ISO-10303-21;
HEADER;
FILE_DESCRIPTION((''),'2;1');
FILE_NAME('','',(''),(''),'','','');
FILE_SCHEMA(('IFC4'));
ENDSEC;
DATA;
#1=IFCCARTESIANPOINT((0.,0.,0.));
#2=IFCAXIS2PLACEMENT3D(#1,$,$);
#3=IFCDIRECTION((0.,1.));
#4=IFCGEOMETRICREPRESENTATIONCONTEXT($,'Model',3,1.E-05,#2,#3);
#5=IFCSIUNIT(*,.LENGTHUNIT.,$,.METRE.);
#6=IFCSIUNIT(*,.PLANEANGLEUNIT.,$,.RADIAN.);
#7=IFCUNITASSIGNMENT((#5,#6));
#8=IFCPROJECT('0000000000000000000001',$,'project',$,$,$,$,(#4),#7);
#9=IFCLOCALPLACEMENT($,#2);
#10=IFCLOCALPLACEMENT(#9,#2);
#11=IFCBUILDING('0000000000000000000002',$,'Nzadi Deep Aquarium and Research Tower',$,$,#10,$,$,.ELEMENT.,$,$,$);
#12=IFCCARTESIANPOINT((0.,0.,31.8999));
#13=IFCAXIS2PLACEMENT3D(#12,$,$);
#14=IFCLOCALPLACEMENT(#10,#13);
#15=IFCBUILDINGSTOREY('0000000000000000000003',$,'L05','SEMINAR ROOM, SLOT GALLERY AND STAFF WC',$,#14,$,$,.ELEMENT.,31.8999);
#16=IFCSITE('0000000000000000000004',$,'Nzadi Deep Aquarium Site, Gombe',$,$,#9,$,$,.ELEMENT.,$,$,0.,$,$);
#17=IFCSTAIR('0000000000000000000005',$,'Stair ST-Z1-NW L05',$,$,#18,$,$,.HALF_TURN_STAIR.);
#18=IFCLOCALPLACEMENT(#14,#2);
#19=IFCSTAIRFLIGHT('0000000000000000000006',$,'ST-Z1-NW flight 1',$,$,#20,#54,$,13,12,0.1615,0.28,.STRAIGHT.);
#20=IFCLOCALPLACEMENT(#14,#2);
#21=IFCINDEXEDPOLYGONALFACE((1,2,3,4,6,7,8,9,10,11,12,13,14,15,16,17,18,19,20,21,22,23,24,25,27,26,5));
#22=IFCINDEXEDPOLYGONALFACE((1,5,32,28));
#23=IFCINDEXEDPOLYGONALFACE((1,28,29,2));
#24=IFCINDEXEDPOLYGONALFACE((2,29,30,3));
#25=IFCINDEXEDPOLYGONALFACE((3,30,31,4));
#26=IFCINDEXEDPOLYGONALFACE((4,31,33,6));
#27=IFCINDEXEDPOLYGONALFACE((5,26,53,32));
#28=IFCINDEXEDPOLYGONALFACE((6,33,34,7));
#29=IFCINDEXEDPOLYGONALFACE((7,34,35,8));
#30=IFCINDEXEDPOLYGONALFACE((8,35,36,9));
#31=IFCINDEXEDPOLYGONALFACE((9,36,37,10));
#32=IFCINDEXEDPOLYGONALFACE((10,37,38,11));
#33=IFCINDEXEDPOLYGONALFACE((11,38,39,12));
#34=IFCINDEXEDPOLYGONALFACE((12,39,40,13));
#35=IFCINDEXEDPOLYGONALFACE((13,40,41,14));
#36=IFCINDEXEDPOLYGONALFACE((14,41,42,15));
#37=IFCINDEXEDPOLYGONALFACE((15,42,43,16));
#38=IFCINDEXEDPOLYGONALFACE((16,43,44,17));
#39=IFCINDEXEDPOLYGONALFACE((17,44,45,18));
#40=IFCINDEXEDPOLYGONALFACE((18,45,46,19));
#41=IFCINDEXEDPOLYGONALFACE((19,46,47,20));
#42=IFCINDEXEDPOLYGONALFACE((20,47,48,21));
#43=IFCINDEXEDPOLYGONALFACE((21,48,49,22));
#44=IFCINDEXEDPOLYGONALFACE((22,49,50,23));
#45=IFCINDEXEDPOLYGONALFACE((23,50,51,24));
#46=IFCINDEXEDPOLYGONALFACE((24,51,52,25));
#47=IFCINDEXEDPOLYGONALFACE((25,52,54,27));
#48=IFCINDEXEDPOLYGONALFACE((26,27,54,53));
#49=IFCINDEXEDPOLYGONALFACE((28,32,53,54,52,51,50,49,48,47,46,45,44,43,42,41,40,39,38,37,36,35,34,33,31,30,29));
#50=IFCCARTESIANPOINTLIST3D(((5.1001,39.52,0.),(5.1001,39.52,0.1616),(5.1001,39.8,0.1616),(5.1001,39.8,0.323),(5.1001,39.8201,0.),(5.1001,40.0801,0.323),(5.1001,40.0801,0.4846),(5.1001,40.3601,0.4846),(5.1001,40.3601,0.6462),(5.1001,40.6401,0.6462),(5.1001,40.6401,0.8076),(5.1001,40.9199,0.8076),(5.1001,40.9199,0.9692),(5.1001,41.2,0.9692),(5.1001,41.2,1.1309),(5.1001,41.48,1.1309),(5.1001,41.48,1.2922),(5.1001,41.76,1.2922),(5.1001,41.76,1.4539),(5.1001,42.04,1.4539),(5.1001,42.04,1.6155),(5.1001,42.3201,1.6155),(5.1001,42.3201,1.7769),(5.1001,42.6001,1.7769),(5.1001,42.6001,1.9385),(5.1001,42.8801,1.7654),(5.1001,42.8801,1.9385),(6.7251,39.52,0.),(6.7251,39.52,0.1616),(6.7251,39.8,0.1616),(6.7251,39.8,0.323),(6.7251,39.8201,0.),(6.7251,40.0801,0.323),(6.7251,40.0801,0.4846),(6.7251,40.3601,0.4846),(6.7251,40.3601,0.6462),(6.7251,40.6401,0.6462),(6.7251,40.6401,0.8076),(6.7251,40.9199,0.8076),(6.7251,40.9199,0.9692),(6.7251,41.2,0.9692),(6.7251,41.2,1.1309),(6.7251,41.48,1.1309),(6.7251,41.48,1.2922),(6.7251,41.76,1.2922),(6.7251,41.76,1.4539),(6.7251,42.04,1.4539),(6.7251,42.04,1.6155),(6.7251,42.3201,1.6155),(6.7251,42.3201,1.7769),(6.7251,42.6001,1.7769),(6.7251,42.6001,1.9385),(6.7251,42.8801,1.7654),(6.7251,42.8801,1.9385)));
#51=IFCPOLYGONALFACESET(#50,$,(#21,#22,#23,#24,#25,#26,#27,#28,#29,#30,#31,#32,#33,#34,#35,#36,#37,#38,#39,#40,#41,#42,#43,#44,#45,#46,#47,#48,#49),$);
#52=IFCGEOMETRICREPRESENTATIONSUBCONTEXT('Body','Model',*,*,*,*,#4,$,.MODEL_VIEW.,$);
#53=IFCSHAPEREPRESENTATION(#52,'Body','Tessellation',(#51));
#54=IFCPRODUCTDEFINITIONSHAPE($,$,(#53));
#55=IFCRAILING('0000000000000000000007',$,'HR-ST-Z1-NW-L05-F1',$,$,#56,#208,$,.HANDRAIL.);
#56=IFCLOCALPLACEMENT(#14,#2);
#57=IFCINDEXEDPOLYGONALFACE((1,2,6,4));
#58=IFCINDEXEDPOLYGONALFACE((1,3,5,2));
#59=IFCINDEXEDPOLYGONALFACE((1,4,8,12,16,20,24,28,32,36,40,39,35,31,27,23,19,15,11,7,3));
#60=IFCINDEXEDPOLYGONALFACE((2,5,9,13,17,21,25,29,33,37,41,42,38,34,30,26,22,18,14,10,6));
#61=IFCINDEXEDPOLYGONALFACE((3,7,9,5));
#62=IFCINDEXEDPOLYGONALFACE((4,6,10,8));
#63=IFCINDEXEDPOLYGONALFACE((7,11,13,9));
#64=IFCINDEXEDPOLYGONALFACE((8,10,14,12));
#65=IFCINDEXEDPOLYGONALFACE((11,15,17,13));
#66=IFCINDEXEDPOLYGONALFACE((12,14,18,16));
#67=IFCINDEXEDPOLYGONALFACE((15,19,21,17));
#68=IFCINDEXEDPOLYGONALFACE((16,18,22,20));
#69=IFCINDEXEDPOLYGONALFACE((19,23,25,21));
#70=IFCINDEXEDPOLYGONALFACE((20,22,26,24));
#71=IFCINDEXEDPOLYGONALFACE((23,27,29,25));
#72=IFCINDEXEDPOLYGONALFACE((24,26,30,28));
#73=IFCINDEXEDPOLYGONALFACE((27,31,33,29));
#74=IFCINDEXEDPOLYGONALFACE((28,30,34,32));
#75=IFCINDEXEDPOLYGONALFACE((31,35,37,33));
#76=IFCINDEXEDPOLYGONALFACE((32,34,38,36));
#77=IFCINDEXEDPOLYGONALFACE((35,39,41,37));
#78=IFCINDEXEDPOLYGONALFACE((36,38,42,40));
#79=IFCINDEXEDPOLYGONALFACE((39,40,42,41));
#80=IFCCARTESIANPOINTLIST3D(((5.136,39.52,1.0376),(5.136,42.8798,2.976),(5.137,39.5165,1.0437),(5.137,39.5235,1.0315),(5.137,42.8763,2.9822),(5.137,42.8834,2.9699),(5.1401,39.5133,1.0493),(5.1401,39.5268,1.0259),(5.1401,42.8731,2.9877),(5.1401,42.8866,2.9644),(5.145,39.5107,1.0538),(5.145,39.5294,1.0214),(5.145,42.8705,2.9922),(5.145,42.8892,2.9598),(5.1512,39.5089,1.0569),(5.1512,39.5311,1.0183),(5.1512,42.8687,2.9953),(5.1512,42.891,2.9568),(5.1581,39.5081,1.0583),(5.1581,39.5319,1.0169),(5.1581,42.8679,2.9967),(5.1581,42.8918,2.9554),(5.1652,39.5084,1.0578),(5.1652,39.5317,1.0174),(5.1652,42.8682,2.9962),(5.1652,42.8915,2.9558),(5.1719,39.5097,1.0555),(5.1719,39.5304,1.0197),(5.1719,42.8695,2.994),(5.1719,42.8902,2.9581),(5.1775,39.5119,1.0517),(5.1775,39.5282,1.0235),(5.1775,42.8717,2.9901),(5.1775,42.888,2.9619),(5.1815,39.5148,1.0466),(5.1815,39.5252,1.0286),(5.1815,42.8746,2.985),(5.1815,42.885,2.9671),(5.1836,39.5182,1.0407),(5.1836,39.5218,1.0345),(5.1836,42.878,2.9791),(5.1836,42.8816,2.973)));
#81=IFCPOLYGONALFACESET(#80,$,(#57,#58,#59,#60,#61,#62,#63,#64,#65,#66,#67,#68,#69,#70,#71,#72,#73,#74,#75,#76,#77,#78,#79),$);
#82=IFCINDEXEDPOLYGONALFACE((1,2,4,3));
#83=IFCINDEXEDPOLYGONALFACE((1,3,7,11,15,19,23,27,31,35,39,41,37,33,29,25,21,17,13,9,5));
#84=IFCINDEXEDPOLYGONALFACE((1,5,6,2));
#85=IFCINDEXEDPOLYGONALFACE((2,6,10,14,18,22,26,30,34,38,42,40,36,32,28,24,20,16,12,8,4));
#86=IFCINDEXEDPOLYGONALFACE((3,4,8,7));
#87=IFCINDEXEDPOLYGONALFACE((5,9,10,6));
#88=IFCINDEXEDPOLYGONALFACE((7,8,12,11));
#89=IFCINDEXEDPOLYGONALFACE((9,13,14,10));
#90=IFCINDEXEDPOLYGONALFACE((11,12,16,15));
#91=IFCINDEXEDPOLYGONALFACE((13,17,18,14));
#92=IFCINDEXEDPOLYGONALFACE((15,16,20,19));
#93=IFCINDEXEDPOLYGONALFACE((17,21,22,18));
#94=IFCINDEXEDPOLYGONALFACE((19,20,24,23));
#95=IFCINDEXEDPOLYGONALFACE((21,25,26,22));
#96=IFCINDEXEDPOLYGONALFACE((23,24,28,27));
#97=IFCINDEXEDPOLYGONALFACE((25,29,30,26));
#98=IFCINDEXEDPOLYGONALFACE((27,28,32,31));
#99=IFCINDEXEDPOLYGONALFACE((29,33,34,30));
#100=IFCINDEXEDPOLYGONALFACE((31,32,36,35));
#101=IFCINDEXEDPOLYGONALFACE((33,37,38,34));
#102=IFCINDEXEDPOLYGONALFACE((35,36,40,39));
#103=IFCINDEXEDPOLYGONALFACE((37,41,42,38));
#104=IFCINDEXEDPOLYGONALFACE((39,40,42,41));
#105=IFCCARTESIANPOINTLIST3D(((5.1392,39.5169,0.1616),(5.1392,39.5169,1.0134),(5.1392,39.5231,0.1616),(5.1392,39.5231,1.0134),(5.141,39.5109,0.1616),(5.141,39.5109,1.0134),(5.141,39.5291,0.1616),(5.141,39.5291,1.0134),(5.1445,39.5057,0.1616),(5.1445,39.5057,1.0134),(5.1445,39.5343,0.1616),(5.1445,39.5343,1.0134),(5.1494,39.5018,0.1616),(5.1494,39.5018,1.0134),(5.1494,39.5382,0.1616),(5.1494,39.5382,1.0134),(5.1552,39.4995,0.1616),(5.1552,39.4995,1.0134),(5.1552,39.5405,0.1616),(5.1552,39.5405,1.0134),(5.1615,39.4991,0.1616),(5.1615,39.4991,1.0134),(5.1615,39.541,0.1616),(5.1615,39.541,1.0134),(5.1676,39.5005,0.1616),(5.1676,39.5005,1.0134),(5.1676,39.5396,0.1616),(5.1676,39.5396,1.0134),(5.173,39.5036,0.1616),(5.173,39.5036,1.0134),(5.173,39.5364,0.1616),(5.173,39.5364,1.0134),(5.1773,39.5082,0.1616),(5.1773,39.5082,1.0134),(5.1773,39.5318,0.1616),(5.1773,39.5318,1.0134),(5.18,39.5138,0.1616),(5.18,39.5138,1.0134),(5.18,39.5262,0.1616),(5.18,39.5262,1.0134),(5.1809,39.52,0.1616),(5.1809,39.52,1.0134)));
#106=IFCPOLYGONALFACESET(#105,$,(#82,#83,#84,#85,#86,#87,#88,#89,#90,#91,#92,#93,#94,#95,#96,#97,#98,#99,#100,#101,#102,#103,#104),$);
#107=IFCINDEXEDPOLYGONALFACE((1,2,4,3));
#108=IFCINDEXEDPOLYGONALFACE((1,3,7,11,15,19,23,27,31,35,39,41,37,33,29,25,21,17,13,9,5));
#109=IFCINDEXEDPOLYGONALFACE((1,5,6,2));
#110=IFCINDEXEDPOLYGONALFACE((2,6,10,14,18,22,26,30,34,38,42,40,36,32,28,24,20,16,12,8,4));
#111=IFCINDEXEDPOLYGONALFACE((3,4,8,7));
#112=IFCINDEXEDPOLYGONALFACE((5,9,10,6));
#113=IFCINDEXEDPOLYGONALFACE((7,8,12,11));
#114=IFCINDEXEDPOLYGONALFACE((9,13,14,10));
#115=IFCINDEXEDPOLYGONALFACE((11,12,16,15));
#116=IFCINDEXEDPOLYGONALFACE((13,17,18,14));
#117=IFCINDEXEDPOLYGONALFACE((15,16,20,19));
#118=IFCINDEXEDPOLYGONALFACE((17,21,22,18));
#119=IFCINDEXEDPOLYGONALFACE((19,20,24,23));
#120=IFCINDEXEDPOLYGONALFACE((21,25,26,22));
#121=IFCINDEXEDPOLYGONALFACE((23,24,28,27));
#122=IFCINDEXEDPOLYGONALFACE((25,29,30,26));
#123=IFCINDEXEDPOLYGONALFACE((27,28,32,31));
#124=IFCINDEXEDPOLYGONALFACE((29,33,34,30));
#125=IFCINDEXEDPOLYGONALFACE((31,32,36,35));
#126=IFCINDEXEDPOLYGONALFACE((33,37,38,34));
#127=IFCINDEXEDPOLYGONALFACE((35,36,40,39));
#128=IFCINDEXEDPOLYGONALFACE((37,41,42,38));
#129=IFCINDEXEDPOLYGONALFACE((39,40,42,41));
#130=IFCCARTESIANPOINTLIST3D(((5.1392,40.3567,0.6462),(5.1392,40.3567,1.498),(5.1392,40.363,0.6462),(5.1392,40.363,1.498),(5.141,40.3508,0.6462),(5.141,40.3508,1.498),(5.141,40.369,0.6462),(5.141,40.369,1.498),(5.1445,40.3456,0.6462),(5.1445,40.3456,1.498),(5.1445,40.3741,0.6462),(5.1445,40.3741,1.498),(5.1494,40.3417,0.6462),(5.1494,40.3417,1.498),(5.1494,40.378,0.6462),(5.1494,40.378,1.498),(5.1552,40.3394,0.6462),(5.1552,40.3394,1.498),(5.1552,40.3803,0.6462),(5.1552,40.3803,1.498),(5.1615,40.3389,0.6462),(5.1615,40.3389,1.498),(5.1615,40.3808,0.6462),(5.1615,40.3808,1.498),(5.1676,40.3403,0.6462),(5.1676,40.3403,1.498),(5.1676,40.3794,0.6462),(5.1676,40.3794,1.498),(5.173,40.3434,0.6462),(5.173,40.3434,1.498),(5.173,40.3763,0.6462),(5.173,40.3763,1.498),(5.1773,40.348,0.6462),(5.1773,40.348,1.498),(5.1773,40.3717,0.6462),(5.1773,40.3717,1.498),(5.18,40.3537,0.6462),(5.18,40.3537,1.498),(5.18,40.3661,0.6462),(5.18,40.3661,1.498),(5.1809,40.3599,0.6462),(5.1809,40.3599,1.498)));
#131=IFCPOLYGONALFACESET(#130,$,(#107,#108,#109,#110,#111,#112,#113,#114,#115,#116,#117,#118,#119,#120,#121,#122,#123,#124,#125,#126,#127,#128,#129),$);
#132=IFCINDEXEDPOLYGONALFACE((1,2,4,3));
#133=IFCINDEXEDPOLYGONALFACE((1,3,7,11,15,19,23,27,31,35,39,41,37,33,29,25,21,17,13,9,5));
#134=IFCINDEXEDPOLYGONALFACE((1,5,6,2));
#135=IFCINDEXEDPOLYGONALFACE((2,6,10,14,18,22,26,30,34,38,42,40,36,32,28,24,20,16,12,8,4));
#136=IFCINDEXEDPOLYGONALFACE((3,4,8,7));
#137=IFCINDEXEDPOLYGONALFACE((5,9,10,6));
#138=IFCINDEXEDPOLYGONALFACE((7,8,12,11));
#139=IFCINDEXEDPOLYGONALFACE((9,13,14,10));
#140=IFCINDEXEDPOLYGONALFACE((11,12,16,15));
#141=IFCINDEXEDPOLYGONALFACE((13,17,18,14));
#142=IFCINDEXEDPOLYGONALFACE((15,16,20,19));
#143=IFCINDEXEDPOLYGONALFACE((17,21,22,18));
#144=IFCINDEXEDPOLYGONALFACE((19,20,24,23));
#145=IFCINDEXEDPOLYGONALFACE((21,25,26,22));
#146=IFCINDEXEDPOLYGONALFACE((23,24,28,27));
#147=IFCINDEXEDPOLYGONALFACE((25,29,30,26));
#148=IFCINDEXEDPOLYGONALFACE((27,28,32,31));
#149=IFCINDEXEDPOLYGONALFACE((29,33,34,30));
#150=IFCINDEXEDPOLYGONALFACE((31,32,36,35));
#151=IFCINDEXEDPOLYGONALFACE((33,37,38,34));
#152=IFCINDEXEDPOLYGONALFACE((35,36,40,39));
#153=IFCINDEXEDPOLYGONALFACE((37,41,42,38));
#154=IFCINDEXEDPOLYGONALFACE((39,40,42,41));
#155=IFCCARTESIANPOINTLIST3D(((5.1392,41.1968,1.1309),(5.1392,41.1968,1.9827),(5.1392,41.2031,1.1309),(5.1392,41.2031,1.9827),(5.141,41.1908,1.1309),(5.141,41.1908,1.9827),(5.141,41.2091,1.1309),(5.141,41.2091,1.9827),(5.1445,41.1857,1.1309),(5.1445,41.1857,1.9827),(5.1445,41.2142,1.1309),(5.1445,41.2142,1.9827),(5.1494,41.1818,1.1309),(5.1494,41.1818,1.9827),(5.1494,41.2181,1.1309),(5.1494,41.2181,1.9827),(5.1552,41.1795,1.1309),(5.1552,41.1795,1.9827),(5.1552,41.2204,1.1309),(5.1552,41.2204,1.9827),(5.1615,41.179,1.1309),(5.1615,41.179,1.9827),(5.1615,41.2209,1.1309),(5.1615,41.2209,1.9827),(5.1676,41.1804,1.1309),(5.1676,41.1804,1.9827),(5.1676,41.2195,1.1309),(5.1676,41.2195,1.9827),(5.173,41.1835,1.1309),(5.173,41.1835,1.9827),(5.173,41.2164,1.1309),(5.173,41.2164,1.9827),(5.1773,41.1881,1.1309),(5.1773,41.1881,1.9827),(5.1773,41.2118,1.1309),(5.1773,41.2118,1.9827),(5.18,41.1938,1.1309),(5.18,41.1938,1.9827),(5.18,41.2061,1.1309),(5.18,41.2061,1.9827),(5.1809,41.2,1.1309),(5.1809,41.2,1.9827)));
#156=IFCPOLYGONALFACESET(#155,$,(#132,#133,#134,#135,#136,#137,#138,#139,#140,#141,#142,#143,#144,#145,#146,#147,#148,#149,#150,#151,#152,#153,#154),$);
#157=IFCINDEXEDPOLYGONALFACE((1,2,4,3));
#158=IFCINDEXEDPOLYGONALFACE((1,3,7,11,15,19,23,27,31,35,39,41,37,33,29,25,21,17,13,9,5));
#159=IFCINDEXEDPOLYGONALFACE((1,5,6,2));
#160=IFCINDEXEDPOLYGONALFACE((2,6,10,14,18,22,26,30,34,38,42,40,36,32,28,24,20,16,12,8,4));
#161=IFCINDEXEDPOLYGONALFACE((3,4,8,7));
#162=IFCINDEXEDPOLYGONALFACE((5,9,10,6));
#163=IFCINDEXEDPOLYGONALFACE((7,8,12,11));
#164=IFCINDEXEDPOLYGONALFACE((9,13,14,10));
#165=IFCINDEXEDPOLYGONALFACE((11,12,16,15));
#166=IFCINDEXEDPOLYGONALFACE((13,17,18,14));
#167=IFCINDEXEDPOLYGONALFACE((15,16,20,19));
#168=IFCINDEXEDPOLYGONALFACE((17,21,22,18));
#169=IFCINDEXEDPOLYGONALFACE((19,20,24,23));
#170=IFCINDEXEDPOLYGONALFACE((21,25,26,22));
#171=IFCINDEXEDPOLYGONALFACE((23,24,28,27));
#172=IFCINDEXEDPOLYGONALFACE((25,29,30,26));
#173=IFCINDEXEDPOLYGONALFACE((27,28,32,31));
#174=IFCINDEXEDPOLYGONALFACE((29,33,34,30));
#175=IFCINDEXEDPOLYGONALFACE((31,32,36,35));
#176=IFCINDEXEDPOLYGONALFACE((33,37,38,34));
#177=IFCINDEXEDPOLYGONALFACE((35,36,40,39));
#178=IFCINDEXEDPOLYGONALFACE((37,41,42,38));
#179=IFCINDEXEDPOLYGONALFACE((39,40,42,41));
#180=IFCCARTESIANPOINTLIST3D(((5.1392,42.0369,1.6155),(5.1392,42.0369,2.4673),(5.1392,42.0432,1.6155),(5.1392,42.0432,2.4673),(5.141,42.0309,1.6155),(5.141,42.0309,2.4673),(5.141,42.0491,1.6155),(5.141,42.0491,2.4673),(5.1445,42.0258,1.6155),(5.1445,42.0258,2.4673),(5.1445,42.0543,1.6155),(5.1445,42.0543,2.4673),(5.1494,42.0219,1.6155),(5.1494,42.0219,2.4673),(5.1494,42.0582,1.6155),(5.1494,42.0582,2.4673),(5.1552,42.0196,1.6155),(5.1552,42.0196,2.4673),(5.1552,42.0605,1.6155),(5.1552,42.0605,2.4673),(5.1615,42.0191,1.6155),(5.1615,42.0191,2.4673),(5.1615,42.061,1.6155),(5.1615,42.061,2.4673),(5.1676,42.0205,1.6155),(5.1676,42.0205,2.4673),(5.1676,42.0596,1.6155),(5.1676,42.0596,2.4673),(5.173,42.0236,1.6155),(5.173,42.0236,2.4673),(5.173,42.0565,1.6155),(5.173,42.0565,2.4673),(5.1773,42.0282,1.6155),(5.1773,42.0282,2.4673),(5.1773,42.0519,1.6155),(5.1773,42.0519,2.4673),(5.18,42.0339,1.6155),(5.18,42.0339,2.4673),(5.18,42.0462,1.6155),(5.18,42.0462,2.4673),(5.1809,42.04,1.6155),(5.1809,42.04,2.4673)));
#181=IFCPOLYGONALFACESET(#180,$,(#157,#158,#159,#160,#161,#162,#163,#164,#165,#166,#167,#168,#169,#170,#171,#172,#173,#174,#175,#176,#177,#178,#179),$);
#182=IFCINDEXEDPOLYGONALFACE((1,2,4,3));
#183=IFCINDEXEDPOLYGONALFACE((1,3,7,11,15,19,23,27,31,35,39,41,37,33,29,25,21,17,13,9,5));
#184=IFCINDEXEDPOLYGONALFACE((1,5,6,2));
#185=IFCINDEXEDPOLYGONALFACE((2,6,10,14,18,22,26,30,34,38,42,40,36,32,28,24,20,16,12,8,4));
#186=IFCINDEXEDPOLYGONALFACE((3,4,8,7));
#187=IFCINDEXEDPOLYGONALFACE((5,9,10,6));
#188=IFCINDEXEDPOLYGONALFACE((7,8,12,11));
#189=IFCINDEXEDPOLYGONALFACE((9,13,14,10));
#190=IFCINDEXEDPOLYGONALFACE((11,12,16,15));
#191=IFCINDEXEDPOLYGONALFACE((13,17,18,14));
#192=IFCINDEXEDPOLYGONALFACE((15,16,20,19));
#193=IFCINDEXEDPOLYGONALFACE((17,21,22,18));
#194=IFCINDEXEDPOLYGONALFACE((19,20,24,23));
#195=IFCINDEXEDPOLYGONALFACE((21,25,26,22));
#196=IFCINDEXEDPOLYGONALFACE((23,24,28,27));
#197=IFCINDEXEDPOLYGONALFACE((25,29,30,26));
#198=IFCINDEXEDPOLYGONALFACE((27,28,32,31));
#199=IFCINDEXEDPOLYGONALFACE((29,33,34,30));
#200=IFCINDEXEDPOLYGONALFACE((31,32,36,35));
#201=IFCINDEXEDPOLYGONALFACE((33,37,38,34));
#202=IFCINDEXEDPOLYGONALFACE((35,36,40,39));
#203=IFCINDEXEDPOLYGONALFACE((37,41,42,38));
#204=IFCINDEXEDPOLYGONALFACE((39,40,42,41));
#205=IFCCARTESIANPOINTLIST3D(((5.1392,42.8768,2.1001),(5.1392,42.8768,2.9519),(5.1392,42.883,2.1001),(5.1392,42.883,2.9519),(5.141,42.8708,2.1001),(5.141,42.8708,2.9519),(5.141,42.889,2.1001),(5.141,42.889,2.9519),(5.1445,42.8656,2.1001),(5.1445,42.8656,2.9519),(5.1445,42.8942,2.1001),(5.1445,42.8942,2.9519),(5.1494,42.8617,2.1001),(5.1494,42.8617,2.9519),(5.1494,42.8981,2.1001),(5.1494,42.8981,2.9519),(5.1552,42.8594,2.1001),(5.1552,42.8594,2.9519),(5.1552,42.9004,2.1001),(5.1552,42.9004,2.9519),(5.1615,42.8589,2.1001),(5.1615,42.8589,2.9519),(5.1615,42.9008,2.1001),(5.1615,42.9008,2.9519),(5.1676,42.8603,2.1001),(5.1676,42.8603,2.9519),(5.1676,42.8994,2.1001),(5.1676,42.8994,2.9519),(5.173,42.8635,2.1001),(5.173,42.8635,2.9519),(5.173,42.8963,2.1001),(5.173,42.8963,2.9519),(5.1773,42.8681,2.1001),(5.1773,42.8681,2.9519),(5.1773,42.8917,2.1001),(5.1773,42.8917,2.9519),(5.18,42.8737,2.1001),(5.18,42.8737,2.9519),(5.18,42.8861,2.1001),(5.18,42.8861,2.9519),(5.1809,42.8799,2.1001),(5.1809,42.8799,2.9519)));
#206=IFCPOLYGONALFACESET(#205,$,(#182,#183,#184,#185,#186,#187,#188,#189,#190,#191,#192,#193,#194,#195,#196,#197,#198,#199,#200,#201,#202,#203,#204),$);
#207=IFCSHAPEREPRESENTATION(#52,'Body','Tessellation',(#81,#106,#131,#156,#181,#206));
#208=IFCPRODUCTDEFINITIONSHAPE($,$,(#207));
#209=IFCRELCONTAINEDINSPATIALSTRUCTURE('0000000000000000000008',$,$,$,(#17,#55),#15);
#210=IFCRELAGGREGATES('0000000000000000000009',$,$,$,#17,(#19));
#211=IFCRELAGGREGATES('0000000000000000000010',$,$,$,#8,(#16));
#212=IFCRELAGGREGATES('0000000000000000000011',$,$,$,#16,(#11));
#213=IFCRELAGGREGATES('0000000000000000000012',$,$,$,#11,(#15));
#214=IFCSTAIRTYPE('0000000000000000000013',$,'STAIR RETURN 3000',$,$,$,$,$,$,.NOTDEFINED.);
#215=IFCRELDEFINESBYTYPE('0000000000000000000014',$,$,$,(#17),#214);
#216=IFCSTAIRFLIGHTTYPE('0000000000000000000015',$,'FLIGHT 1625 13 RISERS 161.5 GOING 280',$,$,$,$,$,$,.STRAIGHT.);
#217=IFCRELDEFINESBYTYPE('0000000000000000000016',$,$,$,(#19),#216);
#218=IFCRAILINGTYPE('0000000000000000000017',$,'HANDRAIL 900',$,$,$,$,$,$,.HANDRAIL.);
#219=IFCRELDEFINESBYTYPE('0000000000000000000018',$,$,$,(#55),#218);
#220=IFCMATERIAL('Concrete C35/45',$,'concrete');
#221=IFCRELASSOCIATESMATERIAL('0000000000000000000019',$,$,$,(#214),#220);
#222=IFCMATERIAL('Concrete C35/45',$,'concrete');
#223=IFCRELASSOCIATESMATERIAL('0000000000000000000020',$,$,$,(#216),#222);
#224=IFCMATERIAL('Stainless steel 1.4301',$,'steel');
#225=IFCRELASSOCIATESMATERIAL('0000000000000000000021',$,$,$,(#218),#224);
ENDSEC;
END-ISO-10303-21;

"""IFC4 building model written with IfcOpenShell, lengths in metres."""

from ifc_helpers import new_model, si_unit, direction, frame, origin, origin_2d, place, context, subcontext, project, spatial, polyline, circle, outline, extrude, material, type_object, element, aggregate, save


model = new_model("IFC4")

# Units and contexts
model_context = context("Model", 3, precision=1e-05, world=origin(), true_north=direction((0.0, 1.0)))
body_context = subcontext(model_context, "Body", "Model", "MODEL_VIEW")
ifc_project = project(units=[si_unit("LENGTHUNIT", "METRE"), si_unit("PLANEANGLEUNIT", "RADIAN")], contexts=[model_context])

# Site, building, storey
site_placement = place(None, origin())
site = spatial("IfcSite", under=ifc_project, at=site_placement, Name="Nzadi Deep Aquarium Site, Gombe", CompositionType="ELEMENT", RefElevation=0.0)
building_placement = place(site_placement, origin())
building = spatial("IfcBuilding", under=site, at=building_placement, Name="Nzadi Deep Aquarium and Research Tower", CompositionType="ELEMENT")
storey_placement = place(building_placement, frame((0.0, 0.0, 31.8999)))
storey = spatial("IfcBuildingStorey", under=building, at=storey_placement, Name="L05", Description="SEMINAR ROOM, SLOT GALLERY AND STAFF WC", CompositionType="ELEMENT", Elevation=31.8999)

# Stair, stair flight
ifc_material_1 = material(Name="Concrete C35/45", Category="concrete")
stair_type = type_object("IfcStairType", Name="STAIR RETURN 3000", PredefinedType="NOTDEFINED", material=ifc_material_1)
stair_placement = place(storey_placement, origin())
stair = element("IfcStair", 1, at=stair_placement, inside=storey, type_object=stair_type, Name="Stair ST-Z1-NW L05", PredefinedType="HALF_TURN_STAIR")
ifc_material_2 = material(Name="Concrete C35/45", Category="concrete")
stair_flight_type = type_object("IfcStairFlightType", Name="FLIGHT 1625 13 RISERS 161.5 GOING 280", PredefinedType="STRAIGHT", material=ifc_material_2)
stair_flight_placement = place(storey_placement, frame((5.9126, 39.52, 0.0), z_axis=(0.0, 0.0, 1.0), x_axis=(0.0, 1.0, 0.0)))
stair_flight = element("IfcStairFlight", 2, at=stair_flight_placement, type_object=stair_flight_type, Name="ST-Z1-NW flight 1", NumberOfRisers=13, NumberOfTreads=12, PredefinedType="STRAIGHT", RiserHeight=0.1615, TreadLength=0.28, context=body_context, shape_type="SweptSolid", body=[
    extrude(outline(polyline([(0.0, 0.0), (0.0, 0.1616), (0.28, 0.1616), (0.28, 0.323), (0.5601, 0.323), (0.5601, 0.4846), (0.8401, 0.4846), (0.8401, 0.6462), (1.1201, 0.6462), (1.1201, 0.8076), (1.3999, 0.8076), (1.3999, 0.9692), (1.6799, 0.9692), (1.6799, 1.1309), (1.96, 1.1309), (1.96, 1.2922), (2.24, 1.2922), (2.24, 1.4539), (2.52, 1.4539), (2.52, 1.6155), (2.8, 1.6155), (2.8, 1.7769), (3.0801, 1.7769), (3.0801, 1.9385), (3.3601, 1.9385), (3.3601, 2.1001), (3.3601, 1.7654), (0.3, 0.0), (0.0, 0.0)])), frame((0.0, 0.8125, 0.0), z_axis=(0.0, -1.0, 0.0), x_axis=(1.0, 0.0, 0.0)), (0.0, 0.0, 1.0), 1.625),
])
aggregate(stair, [stair_flight])

# Railing
ifc_material_3 = material(Name="Stainless steel 1.4301", Category="steel")
railing_type = type_object("IfcRailingType", Name="HANDRAIL 900", PredefinedType="HANDRAIL", material=ifc_material_3)
for number, where, name in (
    (3, (5.1599, 39.52, 0.1616), "HR-ST-Z1-NW-L05-F1"),
):
    element("IfcRailing", number, at=place(storey_placement, frame(where)), inside=storey, type_object=railing_type, Name=name, PredefinedType="HANDRAIL", context=body_context, shape_type="SweptSolid", body=[
        extrude(circle(Radius=0.0239, at=origin_2d()), frame((0.0, 0.0, 0.876), z_axis=(0.0, 0.866175, 0.499741), x_axis=(-1.0, 0.0, 0.0)), (0.0, 0.0, 1.0), 3.8789),
        extrude(circle(Radius=0.021, at=origin_2d()), origin(), (0.0, 0.0, 1.0), 0.8518),
        extrude(circle(Radius=0.021, at=origin_2d()), frame((0.0, 0.8398, 0.4846)), (0.0, 0.0, 1.0), 0.8518),
        extrude(circle(Radius=0.021, at=origin_2d()), frame((0.0, 1.6799, 0.9692)), (0.0, 0.0, 1.0), 0.8518),
        extrude(circle(Radius=0.021, at=origin_2d()), frame((0.0, 2.52, 1.4539)), (0.0, 0.0, 1.0), 0.8518),
        extrude(circle(Radius=0.021, at=origin_2d()), frame((0.0, 3.3599, 1.9385)), (0.0, 0.0, 1.0), 0.8518),
    ])

save(model, "model.ifc")
